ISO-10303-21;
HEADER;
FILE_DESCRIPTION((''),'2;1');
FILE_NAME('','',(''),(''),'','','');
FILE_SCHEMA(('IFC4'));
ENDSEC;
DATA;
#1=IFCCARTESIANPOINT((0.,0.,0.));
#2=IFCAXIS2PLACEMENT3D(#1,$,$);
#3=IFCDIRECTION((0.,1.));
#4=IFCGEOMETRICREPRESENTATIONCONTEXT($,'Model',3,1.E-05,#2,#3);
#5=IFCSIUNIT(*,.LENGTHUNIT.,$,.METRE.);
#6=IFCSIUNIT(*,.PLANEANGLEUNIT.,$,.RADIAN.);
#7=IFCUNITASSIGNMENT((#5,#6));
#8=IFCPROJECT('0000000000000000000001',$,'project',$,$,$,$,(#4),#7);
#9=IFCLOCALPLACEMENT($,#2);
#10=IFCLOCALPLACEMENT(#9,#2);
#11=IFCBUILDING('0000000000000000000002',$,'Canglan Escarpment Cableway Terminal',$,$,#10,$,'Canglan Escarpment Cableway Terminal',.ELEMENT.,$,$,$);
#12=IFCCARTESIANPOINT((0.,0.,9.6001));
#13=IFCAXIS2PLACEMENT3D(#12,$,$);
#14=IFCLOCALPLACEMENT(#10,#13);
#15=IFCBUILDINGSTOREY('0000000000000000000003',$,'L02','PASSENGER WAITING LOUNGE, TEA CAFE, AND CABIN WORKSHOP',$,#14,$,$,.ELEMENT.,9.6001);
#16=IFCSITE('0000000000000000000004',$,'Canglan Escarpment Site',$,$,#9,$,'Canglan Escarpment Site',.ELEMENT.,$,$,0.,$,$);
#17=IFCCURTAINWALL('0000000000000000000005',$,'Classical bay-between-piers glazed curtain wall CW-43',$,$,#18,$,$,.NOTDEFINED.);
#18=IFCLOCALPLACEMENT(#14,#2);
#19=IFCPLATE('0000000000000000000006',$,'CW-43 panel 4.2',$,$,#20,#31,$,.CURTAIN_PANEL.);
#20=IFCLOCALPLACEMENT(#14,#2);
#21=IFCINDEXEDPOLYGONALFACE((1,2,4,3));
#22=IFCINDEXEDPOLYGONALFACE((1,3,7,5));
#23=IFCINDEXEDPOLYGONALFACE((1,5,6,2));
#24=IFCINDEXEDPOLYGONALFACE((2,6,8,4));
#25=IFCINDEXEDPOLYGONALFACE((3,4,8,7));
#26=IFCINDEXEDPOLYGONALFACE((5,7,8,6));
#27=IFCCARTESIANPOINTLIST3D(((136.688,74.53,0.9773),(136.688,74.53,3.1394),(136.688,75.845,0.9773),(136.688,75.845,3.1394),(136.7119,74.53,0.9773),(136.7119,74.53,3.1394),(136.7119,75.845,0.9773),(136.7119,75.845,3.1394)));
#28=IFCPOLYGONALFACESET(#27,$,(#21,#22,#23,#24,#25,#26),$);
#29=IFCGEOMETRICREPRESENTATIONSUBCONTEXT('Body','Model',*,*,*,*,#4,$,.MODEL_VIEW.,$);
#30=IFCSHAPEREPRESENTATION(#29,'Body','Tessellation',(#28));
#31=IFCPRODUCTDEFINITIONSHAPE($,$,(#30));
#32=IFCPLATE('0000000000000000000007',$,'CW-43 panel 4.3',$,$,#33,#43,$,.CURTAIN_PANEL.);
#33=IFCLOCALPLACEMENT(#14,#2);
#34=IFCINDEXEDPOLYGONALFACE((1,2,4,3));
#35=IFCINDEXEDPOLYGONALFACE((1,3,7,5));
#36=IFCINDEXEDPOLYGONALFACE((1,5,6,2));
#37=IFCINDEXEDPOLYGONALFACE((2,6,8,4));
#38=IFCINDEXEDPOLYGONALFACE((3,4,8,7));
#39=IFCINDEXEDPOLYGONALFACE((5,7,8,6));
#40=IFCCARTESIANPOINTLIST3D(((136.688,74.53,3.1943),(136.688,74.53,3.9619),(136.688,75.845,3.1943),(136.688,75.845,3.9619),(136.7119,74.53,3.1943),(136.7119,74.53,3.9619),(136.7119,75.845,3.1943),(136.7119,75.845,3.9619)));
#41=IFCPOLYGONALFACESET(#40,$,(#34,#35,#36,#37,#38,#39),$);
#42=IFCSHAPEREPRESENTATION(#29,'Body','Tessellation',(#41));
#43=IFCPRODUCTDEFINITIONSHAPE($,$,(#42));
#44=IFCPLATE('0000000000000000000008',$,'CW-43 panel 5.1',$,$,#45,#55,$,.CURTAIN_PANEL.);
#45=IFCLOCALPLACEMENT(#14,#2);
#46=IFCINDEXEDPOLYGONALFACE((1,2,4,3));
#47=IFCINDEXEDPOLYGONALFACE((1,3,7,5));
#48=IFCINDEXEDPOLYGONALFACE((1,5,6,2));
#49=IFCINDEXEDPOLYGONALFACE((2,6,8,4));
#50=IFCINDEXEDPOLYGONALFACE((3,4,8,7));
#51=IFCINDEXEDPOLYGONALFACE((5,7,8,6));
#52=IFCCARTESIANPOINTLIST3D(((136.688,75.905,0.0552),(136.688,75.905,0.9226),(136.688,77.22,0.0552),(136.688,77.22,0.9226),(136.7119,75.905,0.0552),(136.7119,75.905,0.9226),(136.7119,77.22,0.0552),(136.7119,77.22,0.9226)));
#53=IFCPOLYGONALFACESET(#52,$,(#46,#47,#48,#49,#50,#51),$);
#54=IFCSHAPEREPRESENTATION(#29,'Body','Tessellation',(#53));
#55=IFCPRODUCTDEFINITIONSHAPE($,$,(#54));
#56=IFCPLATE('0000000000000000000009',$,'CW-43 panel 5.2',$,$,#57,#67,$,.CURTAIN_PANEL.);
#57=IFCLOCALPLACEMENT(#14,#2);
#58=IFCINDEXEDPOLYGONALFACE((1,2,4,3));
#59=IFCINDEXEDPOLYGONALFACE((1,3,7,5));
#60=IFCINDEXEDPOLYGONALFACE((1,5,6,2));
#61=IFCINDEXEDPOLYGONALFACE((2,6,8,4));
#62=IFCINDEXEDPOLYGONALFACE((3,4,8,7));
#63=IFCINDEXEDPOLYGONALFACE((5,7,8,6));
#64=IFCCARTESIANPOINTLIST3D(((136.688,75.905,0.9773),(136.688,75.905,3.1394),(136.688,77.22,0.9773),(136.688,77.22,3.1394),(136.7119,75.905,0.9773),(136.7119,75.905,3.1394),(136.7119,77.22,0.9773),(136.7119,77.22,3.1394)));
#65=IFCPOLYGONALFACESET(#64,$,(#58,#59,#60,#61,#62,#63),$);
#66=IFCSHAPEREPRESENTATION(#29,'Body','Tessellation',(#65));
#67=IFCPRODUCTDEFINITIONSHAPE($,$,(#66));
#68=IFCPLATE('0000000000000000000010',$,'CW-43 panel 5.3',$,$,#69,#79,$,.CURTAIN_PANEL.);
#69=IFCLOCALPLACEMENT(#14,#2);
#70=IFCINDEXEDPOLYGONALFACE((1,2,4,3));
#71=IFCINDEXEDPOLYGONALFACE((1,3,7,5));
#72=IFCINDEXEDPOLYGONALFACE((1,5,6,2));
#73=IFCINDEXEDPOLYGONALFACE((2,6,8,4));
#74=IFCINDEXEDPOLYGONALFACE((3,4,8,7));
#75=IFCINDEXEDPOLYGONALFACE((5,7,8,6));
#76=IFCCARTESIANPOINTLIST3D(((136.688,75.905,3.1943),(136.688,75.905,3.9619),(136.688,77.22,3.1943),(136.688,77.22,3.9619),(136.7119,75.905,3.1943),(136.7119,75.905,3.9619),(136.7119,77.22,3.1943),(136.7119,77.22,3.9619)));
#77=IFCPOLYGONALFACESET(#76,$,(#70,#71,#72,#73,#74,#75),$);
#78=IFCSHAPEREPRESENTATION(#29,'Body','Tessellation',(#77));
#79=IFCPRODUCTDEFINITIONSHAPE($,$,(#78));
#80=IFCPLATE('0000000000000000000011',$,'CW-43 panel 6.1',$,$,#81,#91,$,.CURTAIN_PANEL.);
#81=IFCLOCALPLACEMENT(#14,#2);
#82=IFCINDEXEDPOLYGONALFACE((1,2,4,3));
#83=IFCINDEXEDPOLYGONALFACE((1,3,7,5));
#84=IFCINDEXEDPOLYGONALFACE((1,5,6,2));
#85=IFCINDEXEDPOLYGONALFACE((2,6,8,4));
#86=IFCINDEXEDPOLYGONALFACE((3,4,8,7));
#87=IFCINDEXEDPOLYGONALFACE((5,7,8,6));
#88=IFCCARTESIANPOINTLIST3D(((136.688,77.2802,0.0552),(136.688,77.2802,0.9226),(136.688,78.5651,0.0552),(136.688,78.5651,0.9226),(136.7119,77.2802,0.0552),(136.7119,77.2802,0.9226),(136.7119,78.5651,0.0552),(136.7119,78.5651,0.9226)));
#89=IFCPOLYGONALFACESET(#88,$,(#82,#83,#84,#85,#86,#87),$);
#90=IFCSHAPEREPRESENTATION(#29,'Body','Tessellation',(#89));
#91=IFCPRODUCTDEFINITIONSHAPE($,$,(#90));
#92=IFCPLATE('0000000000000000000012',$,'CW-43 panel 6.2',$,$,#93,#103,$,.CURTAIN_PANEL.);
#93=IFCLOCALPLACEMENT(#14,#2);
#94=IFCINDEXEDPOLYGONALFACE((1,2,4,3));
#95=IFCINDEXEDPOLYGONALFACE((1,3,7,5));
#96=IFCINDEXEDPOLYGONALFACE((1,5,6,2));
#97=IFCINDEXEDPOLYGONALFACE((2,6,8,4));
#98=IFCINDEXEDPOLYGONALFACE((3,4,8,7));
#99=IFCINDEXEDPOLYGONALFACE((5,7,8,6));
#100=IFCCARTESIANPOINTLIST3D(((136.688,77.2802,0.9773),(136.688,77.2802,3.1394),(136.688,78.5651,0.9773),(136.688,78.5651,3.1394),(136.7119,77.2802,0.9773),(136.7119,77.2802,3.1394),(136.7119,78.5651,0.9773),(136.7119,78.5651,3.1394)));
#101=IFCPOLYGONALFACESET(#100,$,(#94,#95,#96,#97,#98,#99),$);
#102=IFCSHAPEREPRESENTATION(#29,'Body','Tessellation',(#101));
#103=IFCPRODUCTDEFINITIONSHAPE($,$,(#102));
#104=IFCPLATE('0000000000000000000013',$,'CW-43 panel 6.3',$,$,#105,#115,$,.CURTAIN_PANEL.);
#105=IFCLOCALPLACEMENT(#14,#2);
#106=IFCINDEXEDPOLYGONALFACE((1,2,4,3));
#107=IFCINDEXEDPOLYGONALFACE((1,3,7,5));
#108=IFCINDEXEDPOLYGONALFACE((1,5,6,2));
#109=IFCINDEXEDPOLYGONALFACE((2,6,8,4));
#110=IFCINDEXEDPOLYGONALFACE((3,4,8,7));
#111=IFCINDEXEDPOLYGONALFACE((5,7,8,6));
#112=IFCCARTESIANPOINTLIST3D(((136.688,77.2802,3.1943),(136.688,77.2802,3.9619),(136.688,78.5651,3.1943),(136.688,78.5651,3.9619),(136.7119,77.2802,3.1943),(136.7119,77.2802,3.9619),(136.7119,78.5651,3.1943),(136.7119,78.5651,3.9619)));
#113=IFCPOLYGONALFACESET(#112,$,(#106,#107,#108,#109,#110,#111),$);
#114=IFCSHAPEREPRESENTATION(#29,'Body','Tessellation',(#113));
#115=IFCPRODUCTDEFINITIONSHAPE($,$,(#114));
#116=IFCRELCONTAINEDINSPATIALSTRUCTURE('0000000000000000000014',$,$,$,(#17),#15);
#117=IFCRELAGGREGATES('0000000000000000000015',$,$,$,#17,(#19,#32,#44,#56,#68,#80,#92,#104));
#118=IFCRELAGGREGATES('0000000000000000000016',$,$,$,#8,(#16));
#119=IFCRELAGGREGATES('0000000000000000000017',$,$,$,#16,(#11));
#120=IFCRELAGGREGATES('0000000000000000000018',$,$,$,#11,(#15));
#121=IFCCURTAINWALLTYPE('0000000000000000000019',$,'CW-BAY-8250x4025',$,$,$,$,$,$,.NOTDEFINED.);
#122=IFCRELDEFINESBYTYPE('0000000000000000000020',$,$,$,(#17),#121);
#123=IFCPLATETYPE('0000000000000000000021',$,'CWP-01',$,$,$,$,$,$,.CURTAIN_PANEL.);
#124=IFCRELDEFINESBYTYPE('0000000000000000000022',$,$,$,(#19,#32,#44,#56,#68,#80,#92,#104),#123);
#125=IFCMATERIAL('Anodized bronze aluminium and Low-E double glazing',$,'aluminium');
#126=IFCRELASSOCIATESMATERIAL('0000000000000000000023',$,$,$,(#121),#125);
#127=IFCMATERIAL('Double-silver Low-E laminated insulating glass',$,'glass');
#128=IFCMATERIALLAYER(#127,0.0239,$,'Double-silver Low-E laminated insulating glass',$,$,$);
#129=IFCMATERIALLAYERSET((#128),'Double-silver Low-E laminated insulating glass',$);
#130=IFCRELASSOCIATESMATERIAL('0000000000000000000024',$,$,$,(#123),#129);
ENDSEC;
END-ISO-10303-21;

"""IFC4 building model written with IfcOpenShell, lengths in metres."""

from ifc_helpers import new_model, si_unit, direction, frame, origin, origin_2d, place, context, subcontext, project, spatial, rectangle, extrude, material, layer, layer_set, type_object, element, aggregate, save


model = new_model("IFC4")

# Units and contexts
model_context = context("Model", 3, precision=1e-05, world=origin(), true_north=direction((0.0, 1.0)))
body_context = subcontext(model_context, "Body", "Model", "MODEL_VIEW")
ifc_project = project(units=[si_unit("LENGTHUNIT", "METRE"), si_unit("PLANEANGLEUNIT", "RADIAN")], contexts=[model_context])

# Site, building, storey
site_placement = place(None, origin())
site = spatial("IfcSite", under=ifc_project, at=site_placement, Name="Canglan Escarpment Site", LongName="Canglan Escarpment Site", CompositionType="ELEMENT", RefElevation=0.0)
building_placement = place(site_placement, origin())
building = spatial("IfcBuilding", under=site, at=building_placement, Name="Canglan Escarpment Cableway Terminal", LongName="Canglan Escarpment Cableway Terminal", CompositionType="ELEMENT")
storey_placement = place(building_placement, frame((0.0, 0.0, 9.6001)))
storey = spatial("IfcBuildingStorey", under=building, at=storey_placement, Name="L02", Description="PASSENGER WAITING LOUNGE, TEA CAFE, AND CABIN WORKSHOP", CompositionType="ELEMENT", Elevation=9.6001)

# Curtain wall, plates
ifc_material_1 = material(Name="Anodized bronze aluminium and Low-E double glazing", Category="aluminium")
curtain_wall_type = type_object("IfcCurtainWallType", Name="CW-BAY-8250x4025", PredefinedType="NOTDEFINED", material=ifc_material_1)
curtain_wall_placement = place(storey_placement, origin())
curtain_wall = element("IfcCurtainWall", 1, at=curtain_wall_placement, inside=storey, type_object=curtain_wall_type, Name="Classical bay-between-piers glazed curtain wall CW-43", PredefinedType="NOTDEFINED")
ifc_material_2 = material(Name="Double-silver Low-E laminated insulating glass", Category="glass")
ifc_layer = layer(ifc_material_2, 0.0239, Name="Double-silver Low-E laminated insulating glass")
ifc_layer_set = layer_set([ifc_layer], Name="Double-silver Low-E laminated insulating glass")
plate_type = type_object("IfcPlateType", Name="CWP-01", PredefinedType="CURTAIN_PANEL", material=ifc_layer_set)
plate_1_placement = place(storey_placement, frame((136.7, 75.1875, 0.9773), z_axis=(0.0, 0.0, 1.0), x_axis=(0.0, 1.0, 0.0)))
plate_1 = element("IfcPlate", 2, at=plate_1_placement, type_object=plate_type, Name="CW-43 panel 4.2", PredefinedType="CURTAIN_PANEL", context=body_context, shape_type="SweptSolid", body=[
    extrude(rectangle(XDim=1.3149, YDim=0.0239, at=origin_2d()), origin(), (0.0, 0.0, 1.0), 2.1621),
])
plate_2_placement = place(storey_placement, frame((136.7, 75.1875, 3.1943), z_axis=(0.0, 0.0, 1.0), x_axis=(0.0, 1.0, 0.0)))
plate_2 = element("IfcPlate", 3, at=plate_2_placement, type_object=plate_type, Name="CW-43 panel 4.3", PredefinedType="CURTAIN_PANEL", context=body_context, shape_type="SweptSolid", body=[
    extrude(rectangle(XDim=1.3149, YDim=0.0239, at=origin_2d()), origin(), (0.0, 0.0, 1.0), 0.7676),
])
plate_3_placement = place(storey_placement, frame((136.7, 76.5625, 0.0552), z_axis=(0.0, 0.0, 1.0), x_axis=(0.0, 1.0, 0.0)))
plate_3 = element("IfcPlate", 4, at=plate_3_placement, type_object=plate_type, Name="CW-43 panel 5.1", PredefinedType="CURTAIN_PANEL", context=body_context, shape_type="SweptSolid", body=[
    extrude(rectangle(XDim=1.3149, YDim=0.0239, at=origin_2d()), origin(), (0.0, 0.0, 1.0), 0.8674),
])
plate_4_placement = place(storey_placement, frame((136.7, 76.5625, 0.9773), z_axis=(0.0, 0.0, 1.0), x_axis=(0.0, 1.0, 0.0)))
plate_4 = element("IfcPlate", 5, at=plate_4_placement, type_object=plate_type, Name="CW-43 panel 5.2", PredefinedType="CURTAIN_PANEL", context=body_context, shape_type="SweptSolid", body=[
    extrude(rectangle(XDim=1.3149, YDim=0.0239, at=origin_2d()), origin(), (0.0, 0.0, 1.0), 2.1621),
])
plate_5_placement = place(storey_placement, frame((136.7, 76.5625, 3.1943), z_axis=(0.0, 0.0, 1.0), x_axis=(0.0, 1.0, 0.0)))
plate_5 = element("IfcPlate", 6, at=plate_5_placement, type_object=plate_type, Name="CW-43 panel 5.3", PredefinedType="CURTAIN_PANEL", context=body_context, shape_type="SweptSolid", body=[
    extrude(rectangle(XDim=1.3149, YDim=0.0239, at=origin_2d()), origin(), (0.0, 0.0, 1.0), 0.7676),
])
plate_6_placement = place(storey_placement, frame((136.7, 77.9226, 0.0552), z_axis=(0.0, 0.0, 1.0), x_axis=(0.0, 1.0, 0.0)))
plate_6 = element("IfcPlate", 7, at=plate_6_placement, type_object=plate_type, Name="CW-43 panel 6.1", PredefinedType="CURTAIN_PANEL", context=body_context, shape_type="SweptSolid", body=[
    extrude(rectangle(XDim=1.2849, YDim=0.0239, at=origin_2d()), origin(), (0.0, 0.0, 1.0), 0.8674),
])
plate_7_placement = place(storey_placement, frame((136.7, 77.9226, 0.9773), z_axis=(0.0, 0.0, 1.0), x_axis=(0.0, 1.0, 0.0)))
plate_7 = element("IfcPlate", 8, at=plate_7_placement, type_object=plate_type, Name="CW-43 panel 6.2", PredefinedType="CURTAIN_PANEL", context=body_context, shape_type="SweptSolid", body=[
    extrude(rectangle(XDim=1.2849, YDim=0.0239, at=origin_2d()), origin(), (0.0, 0.0, 1.0), 2.1621),
])
plate_8_placement = place(storey_placement, frame((136.7, 77.9226, 3.1943), z_axis=(0.0, 0.0, 1.0), x_axis=(0.0, 1.0, 0.0)))
plate_8 = element("IfcPlate", 9, at=plate_8_placement, type_object=plate_type, Name="CW-43 panel 6.3", PredefinedType="CURTAIN_PANEL", context=body_context, shape_type="SweptSolid", body=[
    extrude(rectangle(XDim=1.2849, YDim=0.0239, at=origin_2d()), origin(), (0.0, 0.0, 1.0), 0.7676),
])
aggregate(curtain_wall, [plate_1, plate_2, plate_3, plate_4, plate_5, plate_6, plate_7, plate_8])

save(model, "model.ifc")
